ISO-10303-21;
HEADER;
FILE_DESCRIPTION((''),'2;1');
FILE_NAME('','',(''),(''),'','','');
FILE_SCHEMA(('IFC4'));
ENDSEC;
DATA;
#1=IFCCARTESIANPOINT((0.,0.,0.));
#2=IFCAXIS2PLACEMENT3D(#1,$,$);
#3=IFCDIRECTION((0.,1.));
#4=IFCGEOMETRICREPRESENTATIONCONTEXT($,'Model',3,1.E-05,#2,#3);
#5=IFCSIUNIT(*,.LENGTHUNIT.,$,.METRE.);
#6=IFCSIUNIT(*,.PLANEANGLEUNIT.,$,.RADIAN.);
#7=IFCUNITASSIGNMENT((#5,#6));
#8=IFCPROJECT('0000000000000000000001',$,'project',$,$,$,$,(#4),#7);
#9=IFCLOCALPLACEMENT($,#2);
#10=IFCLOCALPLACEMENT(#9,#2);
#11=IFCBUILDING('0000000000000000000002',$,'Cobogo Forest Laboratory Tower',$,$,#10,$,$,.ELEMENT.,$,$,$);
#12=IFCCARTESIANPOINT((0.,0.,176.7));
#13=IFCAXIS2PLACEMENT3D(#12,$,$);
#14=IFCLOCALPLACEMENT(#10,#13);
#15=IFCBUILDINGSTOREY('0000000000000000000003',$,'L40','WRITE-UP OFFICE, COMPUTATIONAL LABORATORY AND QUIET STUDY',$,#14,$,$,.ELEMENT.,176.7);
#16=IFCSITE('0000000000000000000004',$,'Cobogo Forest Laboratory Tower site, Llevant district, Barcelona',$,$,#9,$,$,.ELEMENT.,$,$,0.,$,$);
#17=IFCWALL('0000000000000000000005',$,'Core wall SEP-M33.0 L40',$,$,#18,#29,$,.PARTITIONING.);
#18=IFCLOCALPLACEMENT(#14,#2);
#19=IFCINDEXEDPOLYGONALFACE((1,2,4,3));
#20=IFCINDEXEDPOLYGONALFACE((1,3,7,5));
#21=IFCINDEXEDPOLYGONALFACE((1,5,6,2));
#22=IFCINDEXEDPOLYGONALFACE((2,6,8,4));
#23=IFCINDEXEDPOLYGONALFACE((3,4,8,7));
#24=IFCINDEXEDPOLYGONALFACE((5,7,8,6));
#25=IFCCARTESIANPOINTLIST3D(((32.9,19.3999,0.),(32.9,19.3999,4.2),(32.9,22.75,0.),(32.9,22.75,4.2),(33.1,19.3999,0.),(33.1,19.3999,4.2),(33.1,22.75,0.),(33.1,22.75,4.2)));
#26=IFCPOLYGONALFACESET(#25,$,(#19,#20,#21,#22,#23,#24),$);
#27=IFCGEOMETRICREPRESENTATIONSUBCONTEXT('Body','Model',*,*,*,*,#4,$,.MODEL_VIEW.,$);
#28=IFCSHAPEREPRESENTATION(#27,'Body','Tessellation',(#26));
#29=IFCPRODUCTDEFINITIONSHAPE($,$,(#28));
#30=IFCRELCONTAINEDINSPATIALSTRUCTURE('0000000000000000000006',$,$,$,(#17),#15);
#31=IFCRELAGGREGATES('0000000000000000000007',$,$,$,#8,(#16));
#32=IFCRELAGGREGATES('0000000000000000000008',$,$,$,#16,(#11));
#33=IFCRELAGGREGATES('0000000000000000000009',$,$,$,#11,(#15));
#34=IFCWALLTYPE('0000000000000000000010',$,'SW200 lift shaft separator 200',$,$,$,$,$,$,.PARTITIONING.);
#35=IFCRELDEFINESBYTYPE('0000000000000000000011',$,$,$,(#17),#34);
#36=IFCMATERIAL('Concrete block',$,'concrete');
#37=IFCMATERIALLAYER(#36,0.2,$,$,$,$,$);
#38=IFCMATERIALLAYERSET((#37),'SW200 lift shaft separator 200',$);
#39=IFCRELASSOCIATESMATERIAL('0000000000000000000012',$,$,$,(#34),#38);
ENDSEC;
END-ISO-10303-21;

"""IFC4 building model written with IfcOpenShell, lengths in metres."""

from ifc_helpers import new_model, si_unit, direction, frame, frame_2d, origin, place, context, subcontext, project, spatial, rectangle, extrude, material, layer, layer_set, type_object, element, save


model = new_model("IFC4")

# Units and contexts
model_context = context("Model", 3, precision=1e-05, world=origin(), true_north=direction((0.0, 1.0)))
body_context = subcontext(model_context, "Body", "Model", "MODEL_VIEW")
ifc_project = project(units=[si_unit("LENGTHUNIT", "METRE"), si_unit("PLANEANGLEUNIT", "RADIAN")], contexts=[model_context])

# Site, building, storey
site_placement = place(None, origin())
site = spatial("IfcSite", under=ifc_project, at=site_placement, Name="Cobogo Forest Laboratory Tower site, Llevant district, Barcelona", CompositionType="ELEMENT", RefElevation=0.0)
building_placement = place(site_placement, origin())
building = spatial("IfcBuilding", under=site, at=building_placement, Name="Cobogo Forest Laboratory Tower", CompositionType="ELEMENT")
storey_placement = place(building_placement, frame((0.0, 0.0, 176.7)))
storey = spatial("IfcBuildingStorey", under=building, at=storey_placement, Name="L40", Description="WRITE-UP OFFICE, COMPUTATIONAL LABORATORY AND QUIET STUDY", CompositionType="ELEMENT", Elevation=176.7)

# Wall
ifc_material_1 = material(Name="Concrete block", Category="concrete")
ifc_layer_1 = layer(ifc_material_1, 0.2)
ifc_layer_set_1 = layer_set([ifc_layer_1], Name="SW200 lift shaft separator 200")
wall_type_1 = type_object("IfcWallType", Name="SW200 lift shaft separator 200", PredefinedType="PARTITIONING", material=ifc_layer_set_1)
wall_1_placement = place(storey_placement, frame((33.0, 19.3999, 0.0), z_axis=(0.0, 0.0, 1.0), x_axis=(0.0, 1.0, 0.0)))
element("IfcWall", 1, at=wall_1_placement, inside=storey, type_object=wall_type_1, Name="Core wall SEP-M33.0 L40", PredefinedType="PARTITIONING", context=body_context, shape_type="SweptSolid", body=[
    extrude(rectangle(XDim=3.3501, YDim=0.2, at=frame_2d((1.675, 0.0))), origin(), (0.0, 0.0, 1.0), 4.2),
])

save(model, "model.ifc")
